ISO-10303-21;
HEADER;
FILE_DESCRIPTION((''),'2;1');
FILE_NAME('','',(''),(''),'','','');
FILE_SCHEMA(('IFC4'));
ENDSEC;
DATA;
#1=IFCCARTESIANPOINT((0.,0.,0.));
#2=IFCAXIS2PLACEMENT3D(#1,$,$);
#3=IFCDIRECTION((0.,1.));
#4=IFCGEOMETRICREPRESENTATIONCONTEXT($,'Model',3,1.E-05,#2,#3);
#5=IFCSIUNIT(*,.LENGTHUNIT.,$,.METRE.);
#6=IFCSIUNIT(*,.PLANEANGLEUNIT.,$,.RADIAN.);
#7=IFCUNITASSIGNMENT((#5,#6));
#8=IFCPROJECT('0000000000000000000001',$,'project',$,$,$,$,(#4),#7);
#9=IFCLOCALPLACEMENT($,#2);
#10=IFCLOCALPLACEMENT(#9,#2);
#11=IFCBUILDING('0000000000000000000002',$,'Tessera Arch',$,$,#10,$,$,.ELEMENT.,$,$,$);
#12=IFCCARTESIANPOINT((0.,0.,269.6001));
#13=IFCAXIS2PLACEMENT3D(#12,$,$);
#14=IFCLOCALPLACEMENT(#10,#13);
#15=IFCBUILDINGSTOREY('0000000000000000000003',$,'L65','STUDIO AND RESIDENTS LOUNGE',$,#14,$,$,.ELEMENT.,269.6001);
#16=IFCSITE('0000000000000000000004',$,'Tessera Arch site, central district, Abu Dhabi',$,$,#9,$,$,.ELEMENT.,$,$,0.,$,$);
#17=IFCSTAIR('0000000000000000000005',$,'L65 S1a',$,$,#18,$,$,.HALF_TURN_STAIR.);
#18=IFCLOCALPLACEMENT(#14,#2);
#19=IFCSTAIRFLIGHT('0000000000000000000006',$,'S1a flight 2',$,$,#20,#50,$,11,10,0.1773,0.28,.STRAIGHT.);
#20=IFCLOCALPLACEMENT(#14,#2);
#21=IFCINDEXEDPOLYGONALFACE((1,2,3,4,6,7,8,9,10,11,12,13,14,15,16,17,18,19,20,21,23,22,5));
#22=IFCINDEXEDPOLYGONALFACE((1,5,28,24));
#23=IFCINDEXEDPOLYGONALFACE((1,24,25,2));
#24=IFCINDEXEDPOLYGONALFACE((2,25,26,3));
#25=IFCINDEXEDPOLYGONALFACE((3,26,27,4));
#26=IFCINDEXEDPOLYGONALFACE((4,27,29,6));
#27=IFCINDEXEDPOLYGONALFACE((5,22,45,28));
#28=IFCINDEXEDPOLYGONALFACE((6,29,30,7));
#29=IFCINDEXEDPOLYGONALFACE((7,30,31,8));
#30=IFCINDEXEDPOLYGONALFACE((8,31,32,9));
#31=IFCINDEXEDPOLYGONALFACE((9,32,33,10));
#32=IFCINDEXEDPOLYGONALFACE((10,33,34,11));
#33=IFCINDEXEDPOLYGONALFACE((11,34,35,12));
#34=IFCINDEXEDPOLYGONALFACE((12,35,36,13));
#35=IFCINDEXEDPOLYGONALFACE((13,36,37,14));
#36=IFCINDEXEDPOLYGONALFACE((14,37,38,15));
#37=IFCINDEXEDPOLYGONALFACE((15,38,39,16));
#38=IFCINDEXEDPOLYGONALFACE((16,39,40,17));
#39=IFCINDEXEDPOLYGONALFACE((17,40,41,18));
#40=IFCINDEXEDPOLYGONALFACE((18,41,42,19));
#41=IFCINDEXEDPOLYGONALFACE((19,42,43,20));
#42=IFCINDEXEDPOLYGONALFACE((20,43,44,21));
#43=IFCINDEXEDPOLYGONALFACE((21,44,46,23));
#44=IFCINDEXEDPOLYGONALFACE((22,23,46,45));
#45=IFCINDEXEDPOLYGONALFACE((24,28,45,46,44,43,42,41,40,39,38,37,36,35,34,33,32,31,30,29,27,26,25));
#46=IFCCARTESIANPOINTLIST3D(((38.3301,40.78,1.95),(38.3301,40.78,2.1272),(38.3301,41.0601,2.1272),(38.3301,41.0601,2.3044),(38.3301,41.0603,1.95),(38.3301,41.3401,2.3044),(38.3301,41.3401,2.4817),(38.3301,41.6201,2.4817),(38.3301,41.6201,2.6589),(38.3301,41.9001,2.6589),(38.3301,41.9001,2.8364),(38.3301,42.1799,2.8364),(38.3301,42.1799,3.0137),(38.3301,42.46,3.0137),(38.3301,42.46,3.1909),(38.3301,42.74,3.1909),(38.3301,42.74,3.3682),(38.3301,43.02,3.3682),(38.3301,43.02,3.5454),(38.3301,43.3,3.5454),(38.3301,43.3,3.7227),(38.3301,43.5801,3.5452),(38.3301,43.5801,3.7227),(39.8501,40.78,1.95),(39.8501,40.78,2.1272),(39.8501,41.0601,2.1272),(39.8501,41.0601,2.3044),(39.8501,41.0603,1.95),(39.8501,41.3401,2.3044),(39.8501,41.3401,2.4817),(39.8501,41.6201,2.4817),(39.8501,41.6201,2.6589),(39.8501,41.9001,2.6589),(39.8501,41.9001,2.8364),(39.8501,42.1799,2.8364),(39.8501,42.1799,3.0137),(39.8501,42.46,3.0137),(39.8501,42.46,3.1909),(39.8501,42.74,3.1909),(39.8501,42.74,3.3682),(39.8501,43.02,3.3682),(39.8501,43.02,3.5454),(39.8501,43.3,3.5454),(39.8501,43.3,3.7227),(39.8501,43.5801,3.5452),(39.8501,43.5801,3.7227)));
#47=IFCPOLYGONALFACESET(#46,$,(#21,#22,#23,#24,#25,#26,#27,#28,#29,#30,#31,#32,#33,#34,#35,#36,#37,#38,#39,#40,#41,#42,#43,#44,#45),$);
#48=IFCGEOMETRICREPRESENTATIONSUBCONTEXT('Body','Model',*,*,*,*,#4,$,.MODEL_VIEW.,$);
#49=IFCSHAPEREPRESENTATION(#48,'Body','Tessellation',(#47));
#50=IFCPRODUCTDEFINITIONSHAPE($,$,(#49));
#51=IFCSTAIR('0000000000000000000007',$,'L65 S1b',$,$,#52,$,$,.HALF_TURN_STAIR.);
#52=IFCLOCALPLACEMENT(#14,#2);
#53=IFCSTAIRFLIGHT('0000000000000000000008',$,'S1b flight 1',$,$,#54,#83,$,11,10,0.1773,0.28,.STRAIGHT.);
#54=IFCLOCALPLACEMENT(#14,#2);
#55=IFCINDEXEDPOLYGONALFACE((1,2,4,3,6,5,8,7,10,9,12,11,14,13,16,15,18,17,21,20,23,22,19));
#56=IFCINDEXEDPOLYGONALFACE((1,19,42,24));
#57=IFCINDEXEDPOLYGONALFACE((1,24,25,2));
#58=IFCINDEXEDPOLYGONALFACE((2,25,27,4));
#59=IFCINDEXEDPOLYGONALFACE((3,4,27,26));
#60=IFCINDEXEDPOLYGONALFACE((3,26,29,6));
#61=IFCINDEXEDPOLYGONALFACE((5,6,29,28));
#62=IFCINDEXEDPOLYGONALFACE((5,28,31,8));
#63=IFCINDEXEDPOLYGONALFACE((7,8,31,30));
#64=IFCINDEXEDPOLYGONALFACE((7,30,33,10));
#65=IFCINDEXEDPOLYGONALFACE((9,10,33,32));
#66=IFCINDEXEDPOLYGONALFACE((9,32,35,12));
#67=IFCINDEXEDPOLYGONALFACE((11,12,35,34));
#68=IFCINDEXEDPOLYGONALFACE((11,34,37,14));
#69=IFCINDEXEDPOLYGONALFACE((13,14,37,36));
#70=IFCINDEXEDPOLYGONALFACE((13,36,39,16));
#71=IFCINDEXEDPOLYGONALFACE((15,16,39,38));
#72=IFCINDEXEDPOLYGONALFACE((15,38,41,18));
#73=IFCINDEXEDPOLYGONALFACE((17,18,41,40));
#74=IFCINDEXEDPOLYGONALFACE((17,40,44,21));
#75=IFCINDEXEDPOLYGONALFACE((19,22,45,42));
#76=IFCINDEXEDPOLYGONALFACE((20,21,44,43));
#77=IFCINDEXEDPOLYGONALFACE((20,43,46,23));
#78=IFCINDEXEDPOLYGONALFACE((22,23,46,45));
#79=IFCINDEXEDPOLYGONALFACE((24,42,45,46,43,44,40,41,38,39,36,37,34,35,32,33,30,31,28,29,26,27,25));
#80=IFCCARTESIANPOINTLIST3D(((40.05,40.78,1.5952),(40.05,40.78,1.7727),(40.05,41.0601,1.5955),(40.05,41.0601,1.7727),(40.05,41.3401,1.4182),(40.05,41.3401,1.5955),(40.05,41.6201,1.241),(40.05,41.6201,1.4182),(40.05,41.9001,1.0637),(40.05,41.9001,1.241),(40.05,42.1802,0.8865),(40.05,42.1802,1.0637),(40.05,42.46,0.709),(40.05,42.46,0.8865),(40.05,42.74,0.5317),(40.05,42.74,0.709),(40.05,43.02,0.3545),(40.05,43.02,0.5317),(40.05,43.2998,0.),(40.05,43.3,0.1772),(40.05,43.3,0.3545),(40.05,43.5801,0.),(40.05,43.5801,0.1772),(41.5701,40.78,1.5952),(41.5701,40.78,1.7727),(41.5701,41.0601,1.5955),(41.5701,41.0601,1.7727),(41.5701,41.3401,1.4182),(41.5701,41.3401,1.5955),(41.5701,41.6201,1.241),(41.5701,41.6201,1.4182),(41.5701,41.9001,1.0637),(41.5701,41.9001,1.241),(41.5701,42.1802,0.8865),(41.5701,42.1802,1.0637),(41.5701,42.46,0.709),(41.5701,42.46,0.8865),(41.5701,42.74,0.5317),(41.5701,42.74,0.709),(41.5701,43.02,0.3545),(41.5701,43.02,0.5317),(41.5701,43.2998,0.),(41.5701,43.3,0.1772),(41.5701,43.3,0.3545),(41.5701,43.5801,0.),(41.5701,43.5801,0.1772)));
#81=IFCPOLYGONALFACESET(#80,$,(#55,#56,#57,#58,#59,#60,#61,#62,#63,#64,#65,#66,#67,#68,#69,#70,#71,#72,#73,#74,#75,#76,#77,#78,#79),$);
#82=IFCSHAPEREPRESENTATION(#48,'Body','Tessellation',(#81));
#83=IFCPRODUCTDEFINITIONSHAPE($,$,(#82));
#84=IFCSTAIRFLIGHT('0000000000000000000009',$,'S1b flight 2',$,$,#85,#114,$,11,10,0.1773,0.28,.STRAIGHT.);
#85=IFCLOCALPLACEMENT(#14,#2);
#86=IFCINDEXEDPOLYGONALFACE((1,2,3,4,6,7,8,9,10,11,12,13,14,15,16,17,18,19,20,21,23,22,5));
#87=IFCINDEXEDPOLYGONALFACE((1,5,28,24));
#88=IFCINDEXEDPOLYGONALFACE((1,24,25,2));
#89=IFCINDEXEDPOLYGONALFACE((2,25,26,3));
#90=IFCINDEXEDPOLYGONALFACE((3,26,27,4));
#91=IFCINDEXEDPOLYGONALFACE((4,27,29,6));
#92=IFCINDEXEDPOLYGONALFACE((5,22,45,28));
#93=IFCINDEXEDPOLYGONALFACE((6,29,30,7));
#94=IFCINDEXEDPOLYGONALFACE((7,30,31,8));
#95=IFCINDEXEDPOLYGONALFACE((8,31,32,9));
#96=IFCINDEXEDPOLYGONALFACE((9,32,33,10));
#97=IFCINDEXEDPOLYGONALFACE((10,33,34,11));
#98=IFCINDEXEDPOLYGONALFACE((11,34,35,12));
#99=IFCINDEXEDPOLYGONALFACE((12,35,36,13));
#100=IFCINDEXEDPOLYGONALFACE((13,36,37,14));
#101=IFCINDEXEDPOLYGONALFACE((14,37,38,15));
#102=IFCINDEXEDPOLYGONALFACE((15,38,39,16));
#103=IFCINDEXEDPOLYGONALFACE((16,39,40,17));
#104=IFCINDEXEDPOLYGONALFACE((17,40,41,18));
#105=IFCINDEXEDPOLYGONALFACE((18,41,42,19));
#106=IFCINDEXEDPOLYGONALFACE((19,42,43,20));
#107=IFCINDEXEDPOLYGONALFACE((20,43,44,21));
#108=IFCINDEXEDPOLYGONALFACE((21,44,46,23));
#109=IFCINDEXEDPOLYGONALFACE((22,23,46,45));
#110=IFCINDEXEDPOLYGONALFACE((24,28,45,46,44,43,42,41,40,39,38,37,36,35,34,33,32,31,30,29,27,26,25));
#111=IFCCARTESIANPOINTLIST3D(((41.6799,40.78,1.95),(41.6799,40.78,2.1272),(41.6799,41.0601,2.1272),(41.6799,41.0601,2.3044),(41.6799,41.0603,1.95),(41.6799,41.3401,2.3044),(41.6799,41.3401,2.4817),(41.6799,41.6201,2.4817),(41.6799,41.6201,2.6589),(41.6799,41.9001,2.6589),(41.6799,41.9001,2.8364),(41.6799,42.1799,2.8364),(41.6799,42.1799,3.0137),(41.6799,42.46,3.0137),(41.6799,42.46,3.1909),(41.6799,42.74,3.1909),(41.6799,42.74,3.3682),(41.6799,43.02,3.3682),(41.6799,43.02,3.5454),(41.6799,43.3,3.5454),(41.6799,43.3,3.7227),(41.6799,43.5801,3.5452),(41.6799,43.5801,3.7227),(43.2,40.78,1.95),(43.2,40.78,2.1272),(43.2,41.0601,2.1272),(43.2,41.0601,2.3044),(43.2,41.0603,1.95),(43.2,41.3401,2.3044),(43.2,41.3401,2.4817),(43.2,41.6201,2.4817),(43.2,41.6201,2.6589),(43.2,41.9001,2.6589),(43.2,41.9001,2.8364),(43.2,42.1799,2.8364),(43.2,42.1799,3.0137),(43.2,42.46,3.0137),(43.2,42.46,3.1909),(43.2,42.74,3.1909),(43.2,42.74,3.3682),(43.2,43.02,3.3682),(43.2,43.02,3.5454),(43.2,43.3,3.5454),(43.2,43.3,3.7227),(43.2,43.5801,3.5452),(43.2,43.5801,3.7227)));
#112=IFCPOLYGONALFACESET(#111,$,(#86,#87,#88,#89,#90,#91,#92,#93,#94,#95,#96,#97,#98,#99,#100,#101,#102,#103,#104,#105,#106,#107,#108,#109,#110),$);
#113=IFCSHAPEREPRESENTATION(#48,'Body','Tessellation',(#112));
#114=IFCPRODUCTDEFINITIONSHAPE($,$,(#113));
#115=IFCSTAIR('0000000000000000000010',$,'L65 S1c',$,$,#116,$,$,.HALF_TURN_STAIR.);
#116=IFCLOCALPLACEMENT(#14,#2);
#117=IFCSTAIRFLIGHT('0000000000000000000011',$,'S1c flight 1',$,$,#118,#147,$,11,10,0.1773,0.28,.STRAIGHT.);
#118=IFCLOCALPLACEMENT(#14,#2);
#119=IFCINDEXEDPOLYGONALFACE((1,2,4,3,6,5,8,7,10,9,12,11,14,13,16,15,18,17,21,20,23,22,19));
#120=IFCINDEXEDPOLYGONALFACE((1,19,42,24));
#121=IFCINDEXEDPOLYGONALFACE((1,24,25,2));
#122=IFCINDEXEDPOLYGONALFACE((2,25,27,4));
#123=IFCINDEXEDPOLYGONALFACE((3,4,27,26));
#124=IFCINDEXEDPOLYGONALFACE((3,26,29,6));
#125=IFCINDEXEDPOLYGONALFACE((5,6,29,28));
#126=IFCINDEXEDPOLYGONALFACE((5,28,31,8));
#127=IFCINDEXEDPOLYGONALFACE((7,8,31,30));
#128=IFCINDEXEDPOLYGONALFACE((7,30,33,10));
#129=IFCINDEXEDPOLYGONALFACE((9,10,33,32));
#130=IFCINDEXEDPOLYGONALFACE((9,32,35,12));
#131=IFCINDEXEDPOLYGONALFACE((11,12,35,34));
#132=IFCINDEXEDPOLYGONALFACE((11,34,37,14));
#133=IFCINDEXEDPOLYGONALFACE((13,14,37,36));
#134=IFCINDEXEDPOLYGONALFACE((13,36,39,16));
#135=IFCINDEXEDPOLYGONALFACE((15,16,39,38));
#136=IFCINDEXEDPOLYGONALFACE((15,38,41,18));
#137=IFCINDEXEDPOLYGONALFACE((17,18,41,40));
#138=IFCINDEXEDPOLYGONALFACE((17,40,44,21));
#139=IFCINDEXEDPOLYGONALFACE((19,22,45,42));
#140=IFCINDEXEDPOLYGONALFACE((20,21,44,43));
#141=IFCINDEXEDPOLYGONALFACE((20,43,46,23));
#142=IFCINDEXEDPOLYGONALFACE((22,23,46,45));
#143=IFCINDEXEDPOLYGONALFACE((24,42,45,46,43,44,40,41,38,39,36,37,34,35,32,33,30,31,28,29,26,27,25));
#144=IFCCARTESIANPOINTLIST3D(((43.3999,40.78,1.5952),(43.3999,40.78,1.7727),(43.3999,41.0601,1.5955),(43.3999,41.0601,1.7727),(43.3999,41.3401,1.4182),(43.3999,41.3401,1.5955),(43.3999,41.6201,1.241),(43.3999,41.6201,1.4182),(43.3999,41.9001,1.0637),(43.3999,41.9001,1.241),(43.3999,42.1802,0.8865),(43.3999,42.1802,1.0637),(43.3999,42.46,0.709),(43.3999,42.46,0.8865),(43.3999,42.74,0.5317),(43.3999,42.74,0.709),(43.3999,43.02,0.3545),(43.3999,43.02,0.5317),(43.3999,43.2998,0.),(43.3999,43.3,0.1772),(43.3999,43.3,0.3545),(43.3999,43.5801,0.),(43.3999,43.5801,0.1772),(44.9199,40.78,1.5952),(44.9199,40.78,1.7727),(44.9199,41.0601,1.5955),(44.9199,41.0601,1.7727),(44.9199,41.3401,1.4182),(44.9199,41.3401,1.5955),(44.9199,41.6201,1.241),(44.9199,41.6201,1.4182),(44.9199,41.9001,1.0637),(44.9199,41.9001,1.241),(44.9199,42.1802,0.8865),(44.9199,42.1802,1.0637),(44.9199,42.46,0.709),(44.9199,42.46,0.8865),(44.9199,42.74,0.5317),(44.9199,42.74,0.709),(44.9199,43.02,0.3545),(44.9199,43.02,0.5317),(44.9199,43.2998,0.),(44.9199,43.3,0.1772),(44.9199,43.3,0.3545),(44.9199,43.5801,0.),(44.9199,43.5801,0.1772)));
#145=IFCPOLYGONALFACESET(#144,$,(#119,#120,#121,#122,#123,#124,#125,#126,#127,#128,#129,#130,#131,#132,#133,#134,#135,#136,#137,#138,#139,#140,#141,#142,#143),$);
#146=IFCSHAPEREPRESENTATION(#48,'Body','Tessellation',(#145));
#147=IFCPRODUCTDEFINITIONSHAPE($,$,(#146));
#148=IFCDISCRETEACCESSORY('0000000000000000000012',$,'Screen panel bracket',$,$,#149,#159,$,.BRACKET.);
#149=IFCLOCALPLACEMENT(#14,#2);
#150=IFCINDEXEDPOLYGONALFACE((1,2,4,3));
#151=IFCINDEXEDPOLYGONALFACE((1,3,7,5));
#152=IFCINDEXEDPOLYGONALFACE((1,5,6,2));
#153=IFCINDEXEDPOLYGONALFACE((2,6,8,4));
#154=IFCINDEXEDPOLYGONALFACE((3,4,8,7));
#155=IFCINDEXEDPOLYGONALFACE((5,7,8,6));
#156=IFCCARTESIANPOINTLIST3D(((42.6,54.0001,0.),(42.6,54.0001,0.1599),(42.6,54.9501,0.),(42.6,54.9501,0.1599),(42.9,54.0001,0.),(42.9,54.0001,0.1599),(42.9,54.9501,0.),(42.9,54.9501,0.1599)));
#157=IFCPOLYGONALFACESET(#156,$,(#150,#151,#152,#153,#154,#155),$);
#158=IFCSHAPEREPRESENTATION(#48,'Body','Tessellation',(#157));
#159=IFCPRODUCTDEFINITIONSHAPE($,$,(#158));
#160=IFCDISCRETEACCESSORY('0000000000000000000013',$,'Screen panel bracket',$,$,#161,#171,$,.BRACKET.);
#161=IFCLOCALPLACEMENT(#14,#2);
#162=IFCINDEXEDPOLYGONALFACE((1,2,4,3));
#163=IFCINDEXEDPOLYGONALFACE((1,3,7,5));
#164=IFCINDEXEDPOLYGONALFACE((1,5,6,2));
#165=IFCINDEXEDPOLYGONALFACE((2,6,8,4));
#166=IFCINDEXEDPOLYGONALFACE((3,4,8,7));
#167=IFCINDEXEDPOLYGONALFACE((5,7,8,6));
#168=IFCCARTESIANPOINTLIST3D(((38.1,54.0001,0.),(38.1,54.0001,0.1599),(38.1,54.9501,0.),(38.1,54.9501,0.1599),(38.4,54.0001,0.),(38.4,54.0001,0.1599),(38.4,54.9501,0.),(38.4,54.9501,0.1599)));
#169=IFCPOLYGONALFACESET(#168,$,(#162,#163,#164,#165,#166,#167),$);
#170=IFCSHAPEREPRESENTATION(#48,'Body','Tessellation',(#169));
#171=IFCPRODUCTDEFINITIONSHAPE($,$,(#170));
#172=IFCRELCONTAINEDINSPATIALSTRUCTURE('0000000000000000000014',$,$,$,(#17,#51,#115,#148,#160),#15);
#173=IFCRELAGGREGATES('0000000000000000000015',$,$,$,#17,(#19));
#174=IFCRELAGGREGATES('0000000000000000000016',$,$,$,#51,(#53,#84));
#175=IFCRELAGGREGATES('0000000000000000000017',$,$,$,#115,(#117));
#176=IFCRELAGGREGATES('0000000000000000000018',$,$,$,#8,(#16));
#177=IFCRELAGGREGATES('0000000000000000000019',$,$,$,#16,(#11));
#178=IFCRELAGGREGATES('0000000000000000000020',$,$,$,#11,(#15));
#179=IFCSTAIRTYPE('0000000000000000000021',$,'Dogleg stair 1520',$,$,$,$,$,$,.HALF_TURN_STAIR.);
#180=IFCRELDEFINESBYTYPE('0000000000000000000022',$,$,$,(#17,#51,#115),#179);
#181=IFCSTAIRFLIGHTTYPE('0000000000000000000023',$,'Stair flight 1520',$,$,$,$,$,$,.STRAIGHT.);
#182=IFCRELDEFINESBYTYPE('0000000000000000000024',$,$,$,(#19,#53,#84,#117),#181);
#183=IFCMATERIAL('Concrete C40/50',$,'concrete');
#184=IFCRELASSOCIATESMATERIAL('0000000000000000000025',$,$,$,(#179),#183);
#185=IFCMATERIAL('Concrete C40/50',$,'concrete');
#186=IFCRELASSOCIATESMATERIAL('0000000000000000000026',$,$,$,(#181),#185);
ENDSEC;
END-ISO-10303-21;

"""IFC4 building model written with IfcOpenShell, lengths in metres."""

from ifc_helpers import new_model, si_unit, direction, frame, origin, origin_2d, place, context, subcontext, project, spatial, polyline, rectangle, outline, extrude, material, type_object, element, aggregate, save


model = new_model("IFC4")

# Units and contexts
model_context = context("Model", 3, precision=1e-05, world=origin(), true_north=direction((0.0, 1.0)))
body_context = subcontext(model_context, "Body", "Model", "MODEL_VIEW")
ifc_project = project(units=[si_unit("LENGTHUNIT", "METRE"), si_unit("PLANEANGLEUNIT", "RADIAN")], contexts=[model_context])

# Site, building, storey
site_placement = place(None, origin())
site = spatial("IfcSite", under=ifc_project, at=site_placement, Name="Tessera Arch site, central district, Abu Dhabi", CompositionType="ELEMENT", RefElevation=0.0)
building_placement = place(site_placement, origin())
building = spatial("IfcBuilding", under=site, at=building_placement, Name="Tessera Arch", CompositionType="ELEMENT")
storey_placement = place(building_placement, frame((0.0, 0.0, 269.6001)))
storey = spatial("IfcBuildingStorey", under=building, at=storey_placement, Name="L65", Description="STUDIO AND RESIDENTS LOUNGE", CompositionType="ELEMENT", Elevation=269.6001)

# Stairs, stair flights
ifc_material_1 = material(Name="Concrete C40/50", Category="concrete")
stair_type = type_object("IfcStairType", Name="Dogleg stair 1520", PredefinedType="HALF_TURN_STAIR", material=ifc_material_1)
stair_1_placement = place(storey_placement, origin())
stair_1 = element("IfcStair", 1, at=stair_1_placement, inside=storey, type_object=stair_type, Name="L65 S1a", PredefinedType="HALF_TURN_STAIR")
ifc_material_2 = material(Name="Concrete C40/50", Category="concrete")
stair_flight_type = type_object("IfcStairFlightType", Name="Stair flight 1520", PredefinedType="STRAIGHT", material=ifc_material_2)
stair_flight_1_placement = place(storey_placement, frame((39.0901, 40.78, 1.95), z_axis=(0.0, 0.0, 1.0), x_axis=(0.0, 1.0, 0.0)))
stair_flight_1 = element("IfcStairFlight", 2, at=stair_flight_1_placement, type_object=stair_flight_type, Name="S1a flight 2", NumberOfRisers=11, NumberOfTreads=10, PredefinedType="STRAIGHT", RiserHeight=0.1773, TreadLength=0.28, context=body_context, shape_type="SweptSolid", body=[
    extrude(outline(polyline([(0.0, 0.0), (0.0, 0.1772), (0.28, 0.1772), (0.28, 0.3545), (0.5601, 0.3545), (0.5601, 0.5317), (0.8401, 0.5317), (0.8401, 0.709), (1.1201, 0.709), (1.1201, 0.8865), (1.3999, 0.8865), (1.3999, 1.0637), (1.6799, 1.0637), (1.6799, 1.241), (1.96, 1.241), (1.96, 1.4182), (2.24, 1.4182), (2.24, 1.5955), (2.52, 1.5955), (2.52, 1.7727), (2.8, 1.7727), (2.8, 1.95), (2.8, 1.5952), (0.2803, 0.0), (0.0, 0.0)])), frame((0.0, 0.76, 0.0), z_axis=(0.0, -1.0, 0.0), x_axis=(1.0, 0.0, 0.0)), (0.0, 0.0, 1.0), 1.52),
])
aggregate(stair_1, [stair_flight_1])
stair_2_placement = place(storey_placement, origin())
stair_2 = element("IfcStair", 3, at=stair_2_placement, inside=storey, type_object=stair_type, Name="L65 S1b", PredefinedType="HALF_TURN_STAIR")
stair_flight_2_placement = place(storey_placement, frame((40.8101, 43.5801, 0.0), z_axis=(0.0, 0.0, 1.0), x_axis=(0.0, -1.0, 0.0)))
stair_flight_2 = element("IfcStairFlight", 4, at=stair_flight_2_placement, type_object=stair_flight_type, Name="S1b flight 1", NumberOfRisers=11, NumberOfTreads=10, PredefinedType="STRAIGHT", RiserHeight=0.1773, TreadLength=0.28, context=body_context, shape_type="SweptSolid", body=[
    extrude(outline(polyline([(0.0, 0.0), (0.0, 0.1772), (0.28, 0.1772), (0.28, 0.3545), (0.5601, 0.3545), (0.5601, 0.5317), (0.8401, 0.5317), (0.8401, 0.709), (1.1201, 0.709), (1.1201, 0.8865), (1.3999, 0.8865), (1.3999, 1.0637), (1.6799, 1.0637), (1.6799, 1.241), (1.96, 1.241), (1.96, 1.4182), (2.24, 1.4182), (2.24, 1.5955), (2.52, 1.5955), (2.52, 1.7727), (2.8, 1.7727), (2.8, 1.95), (2.8, 1.5952), (0.2803, 0.0), (0.0, 0.0)])), frame((0.0, 0.76, 0.0), z_axis=(0.0, -1.0, 0.0), x_axis=(1.0, 0.0, 0.0)), (0.0, 0.0, 1.0), 1.52),
])
stair_flight_3_placement = place(storey_placement, frame((42.4399, 40.78, 1.95), z_axis=(0.0, 0.0, 1.0), x_axis=(0.0, 1.0, 0.0)))
stair_flight_3 = element("IfcStairFlight", 5, at=stair_flight_3_placement, type_object=stair_flight_type, Name="S1b flight 2", NumberOfRisers=11, NumberOfTreads=10, PredefinedType="STRAIGHT", RiserHeight=0.1773, TreadLength=0.28, context=body_context, shape_type="SweptSolid", body=[
    extrude(outline(polyline([(0.0, 0.0), (0.0, 0.1772), (0.28, 0.1772), (0.28, 0.3545), (0.5601, 0.3545), (0.5601, 0.5317), (0.8401, 0.5317), (0.8401, 0.709), (1.1201, 0.709), (1.1201, 0.8865), (1.3999, 0.8865), (1.3999, 1.0637), (1.6799, 1.0637), (1.6799, 1.241), (1.96, 1.241), (1.96, 1.4182), (2.24, 1.4182), (2.24, 1.5955), (2.52, 1.5955), (2.52, 1.7727), (2.8, 1.7727), (2.8, 1.95), (2.8, 1.5952), (0.2803, 0.0), (0.0, 0.0)])), frame((0.0, 0.76, 0.0), z_axis=(0.0, -1.0, 0.0), x_axis=(1.0, 0.0, 0.0)), (0.0, 0.0, 1.0), 1.52),
])
aggregate(stair_2, [stair_flight_2, stair_flight_3])

# Stair, stair flight
stair_3_placement = place(storey_placement, origin())
stair_3 = element("IfcStair", 6, at=stair_3_placement, inside=storey, type_object=stair_type, Name="L65 S1c", PredefinedType="HALF_TURN_STAIR")
stair_flight_4_placement = place(storey_placement, frame((44.1599, 43.5801, 0.0), z_axis=(0.0, 0.0, 1.0), x_axis=(0.0, -1.0, 0.0)))
stair_flight_4 = element("IfcStairFlight", 7, at=stair_flight_4_placement, type_object=stair_flight_type, Name="S1c flight 1", NumberOfRisers=11, NumberOfTreads=10, PredefinedType="STRAIGHT", RiserHeight=0.1773, TreadLength=0.28, context=body_context, shape_type="SweptSolid", body=[
    extrude(outline(polyline([(0.0, 0.0), (0.0, 0.1772), (0.28, 0.1772), (0.28, 0.3545), (0.5601, 0.3545), (0.5601, 0.5317), (0.8401, 0.5317), (0.8401, 0.709), (1.1201, 0.709), (1.1201, 0.8865), (1.3999, 0.8865), (1.3999, 1.0637), (1.6799, 1.0637), (1.6799, 1.241), (1.96, 1.241), (1.96, 1.4182), (2.24, 1.4182), (2.24, 1.5955), (2.52, 1.5955), (2.52, 1.7727), (2.8, 1.7727), (2.8, 1.95), (2.8, 1.5952), (0.2803, 0.0), (0.0, 0.0)])), frame((0.0, 0.76, 0.0), z_axis=(0.0, -1.0, 0.0), x_axis=(1.0, 0.0, 0.0)), (0.0, 0.0, 1.0), 1.52),
])
aggregate(stair_3, [stair_flight_4])

# Discrete accessories
for number, where, z_axis, x_axis, name in (
    (8, (42.75, 54.4751, 0.0), (0.0, 0.0, 1.0), (0.0, 1.0, 0.0), "Screen panel bracket"),
    (9, (38.25, 54.4751, 0.0), (0.0, 0.0, 1.0), (0.0, 1.0, 0.0), "Screen panel bracket"),
):
    element("IfcDiscreteAccessory", number, at=place(storey_placement, frame(where, z_axis=z_axis, x_axis=x_axis)), inside=storey, Name=name, PredefinedType="BRACKET", context=body_context, shape_type="SweptSolid", body=[
        extrude(rectangle(XDim=0.95, YDim=0.3, at=origin_2d()), origin(), (0.0, 0.0, 1.0), 0.1599),
    ])

save(model, "model.ifc")
